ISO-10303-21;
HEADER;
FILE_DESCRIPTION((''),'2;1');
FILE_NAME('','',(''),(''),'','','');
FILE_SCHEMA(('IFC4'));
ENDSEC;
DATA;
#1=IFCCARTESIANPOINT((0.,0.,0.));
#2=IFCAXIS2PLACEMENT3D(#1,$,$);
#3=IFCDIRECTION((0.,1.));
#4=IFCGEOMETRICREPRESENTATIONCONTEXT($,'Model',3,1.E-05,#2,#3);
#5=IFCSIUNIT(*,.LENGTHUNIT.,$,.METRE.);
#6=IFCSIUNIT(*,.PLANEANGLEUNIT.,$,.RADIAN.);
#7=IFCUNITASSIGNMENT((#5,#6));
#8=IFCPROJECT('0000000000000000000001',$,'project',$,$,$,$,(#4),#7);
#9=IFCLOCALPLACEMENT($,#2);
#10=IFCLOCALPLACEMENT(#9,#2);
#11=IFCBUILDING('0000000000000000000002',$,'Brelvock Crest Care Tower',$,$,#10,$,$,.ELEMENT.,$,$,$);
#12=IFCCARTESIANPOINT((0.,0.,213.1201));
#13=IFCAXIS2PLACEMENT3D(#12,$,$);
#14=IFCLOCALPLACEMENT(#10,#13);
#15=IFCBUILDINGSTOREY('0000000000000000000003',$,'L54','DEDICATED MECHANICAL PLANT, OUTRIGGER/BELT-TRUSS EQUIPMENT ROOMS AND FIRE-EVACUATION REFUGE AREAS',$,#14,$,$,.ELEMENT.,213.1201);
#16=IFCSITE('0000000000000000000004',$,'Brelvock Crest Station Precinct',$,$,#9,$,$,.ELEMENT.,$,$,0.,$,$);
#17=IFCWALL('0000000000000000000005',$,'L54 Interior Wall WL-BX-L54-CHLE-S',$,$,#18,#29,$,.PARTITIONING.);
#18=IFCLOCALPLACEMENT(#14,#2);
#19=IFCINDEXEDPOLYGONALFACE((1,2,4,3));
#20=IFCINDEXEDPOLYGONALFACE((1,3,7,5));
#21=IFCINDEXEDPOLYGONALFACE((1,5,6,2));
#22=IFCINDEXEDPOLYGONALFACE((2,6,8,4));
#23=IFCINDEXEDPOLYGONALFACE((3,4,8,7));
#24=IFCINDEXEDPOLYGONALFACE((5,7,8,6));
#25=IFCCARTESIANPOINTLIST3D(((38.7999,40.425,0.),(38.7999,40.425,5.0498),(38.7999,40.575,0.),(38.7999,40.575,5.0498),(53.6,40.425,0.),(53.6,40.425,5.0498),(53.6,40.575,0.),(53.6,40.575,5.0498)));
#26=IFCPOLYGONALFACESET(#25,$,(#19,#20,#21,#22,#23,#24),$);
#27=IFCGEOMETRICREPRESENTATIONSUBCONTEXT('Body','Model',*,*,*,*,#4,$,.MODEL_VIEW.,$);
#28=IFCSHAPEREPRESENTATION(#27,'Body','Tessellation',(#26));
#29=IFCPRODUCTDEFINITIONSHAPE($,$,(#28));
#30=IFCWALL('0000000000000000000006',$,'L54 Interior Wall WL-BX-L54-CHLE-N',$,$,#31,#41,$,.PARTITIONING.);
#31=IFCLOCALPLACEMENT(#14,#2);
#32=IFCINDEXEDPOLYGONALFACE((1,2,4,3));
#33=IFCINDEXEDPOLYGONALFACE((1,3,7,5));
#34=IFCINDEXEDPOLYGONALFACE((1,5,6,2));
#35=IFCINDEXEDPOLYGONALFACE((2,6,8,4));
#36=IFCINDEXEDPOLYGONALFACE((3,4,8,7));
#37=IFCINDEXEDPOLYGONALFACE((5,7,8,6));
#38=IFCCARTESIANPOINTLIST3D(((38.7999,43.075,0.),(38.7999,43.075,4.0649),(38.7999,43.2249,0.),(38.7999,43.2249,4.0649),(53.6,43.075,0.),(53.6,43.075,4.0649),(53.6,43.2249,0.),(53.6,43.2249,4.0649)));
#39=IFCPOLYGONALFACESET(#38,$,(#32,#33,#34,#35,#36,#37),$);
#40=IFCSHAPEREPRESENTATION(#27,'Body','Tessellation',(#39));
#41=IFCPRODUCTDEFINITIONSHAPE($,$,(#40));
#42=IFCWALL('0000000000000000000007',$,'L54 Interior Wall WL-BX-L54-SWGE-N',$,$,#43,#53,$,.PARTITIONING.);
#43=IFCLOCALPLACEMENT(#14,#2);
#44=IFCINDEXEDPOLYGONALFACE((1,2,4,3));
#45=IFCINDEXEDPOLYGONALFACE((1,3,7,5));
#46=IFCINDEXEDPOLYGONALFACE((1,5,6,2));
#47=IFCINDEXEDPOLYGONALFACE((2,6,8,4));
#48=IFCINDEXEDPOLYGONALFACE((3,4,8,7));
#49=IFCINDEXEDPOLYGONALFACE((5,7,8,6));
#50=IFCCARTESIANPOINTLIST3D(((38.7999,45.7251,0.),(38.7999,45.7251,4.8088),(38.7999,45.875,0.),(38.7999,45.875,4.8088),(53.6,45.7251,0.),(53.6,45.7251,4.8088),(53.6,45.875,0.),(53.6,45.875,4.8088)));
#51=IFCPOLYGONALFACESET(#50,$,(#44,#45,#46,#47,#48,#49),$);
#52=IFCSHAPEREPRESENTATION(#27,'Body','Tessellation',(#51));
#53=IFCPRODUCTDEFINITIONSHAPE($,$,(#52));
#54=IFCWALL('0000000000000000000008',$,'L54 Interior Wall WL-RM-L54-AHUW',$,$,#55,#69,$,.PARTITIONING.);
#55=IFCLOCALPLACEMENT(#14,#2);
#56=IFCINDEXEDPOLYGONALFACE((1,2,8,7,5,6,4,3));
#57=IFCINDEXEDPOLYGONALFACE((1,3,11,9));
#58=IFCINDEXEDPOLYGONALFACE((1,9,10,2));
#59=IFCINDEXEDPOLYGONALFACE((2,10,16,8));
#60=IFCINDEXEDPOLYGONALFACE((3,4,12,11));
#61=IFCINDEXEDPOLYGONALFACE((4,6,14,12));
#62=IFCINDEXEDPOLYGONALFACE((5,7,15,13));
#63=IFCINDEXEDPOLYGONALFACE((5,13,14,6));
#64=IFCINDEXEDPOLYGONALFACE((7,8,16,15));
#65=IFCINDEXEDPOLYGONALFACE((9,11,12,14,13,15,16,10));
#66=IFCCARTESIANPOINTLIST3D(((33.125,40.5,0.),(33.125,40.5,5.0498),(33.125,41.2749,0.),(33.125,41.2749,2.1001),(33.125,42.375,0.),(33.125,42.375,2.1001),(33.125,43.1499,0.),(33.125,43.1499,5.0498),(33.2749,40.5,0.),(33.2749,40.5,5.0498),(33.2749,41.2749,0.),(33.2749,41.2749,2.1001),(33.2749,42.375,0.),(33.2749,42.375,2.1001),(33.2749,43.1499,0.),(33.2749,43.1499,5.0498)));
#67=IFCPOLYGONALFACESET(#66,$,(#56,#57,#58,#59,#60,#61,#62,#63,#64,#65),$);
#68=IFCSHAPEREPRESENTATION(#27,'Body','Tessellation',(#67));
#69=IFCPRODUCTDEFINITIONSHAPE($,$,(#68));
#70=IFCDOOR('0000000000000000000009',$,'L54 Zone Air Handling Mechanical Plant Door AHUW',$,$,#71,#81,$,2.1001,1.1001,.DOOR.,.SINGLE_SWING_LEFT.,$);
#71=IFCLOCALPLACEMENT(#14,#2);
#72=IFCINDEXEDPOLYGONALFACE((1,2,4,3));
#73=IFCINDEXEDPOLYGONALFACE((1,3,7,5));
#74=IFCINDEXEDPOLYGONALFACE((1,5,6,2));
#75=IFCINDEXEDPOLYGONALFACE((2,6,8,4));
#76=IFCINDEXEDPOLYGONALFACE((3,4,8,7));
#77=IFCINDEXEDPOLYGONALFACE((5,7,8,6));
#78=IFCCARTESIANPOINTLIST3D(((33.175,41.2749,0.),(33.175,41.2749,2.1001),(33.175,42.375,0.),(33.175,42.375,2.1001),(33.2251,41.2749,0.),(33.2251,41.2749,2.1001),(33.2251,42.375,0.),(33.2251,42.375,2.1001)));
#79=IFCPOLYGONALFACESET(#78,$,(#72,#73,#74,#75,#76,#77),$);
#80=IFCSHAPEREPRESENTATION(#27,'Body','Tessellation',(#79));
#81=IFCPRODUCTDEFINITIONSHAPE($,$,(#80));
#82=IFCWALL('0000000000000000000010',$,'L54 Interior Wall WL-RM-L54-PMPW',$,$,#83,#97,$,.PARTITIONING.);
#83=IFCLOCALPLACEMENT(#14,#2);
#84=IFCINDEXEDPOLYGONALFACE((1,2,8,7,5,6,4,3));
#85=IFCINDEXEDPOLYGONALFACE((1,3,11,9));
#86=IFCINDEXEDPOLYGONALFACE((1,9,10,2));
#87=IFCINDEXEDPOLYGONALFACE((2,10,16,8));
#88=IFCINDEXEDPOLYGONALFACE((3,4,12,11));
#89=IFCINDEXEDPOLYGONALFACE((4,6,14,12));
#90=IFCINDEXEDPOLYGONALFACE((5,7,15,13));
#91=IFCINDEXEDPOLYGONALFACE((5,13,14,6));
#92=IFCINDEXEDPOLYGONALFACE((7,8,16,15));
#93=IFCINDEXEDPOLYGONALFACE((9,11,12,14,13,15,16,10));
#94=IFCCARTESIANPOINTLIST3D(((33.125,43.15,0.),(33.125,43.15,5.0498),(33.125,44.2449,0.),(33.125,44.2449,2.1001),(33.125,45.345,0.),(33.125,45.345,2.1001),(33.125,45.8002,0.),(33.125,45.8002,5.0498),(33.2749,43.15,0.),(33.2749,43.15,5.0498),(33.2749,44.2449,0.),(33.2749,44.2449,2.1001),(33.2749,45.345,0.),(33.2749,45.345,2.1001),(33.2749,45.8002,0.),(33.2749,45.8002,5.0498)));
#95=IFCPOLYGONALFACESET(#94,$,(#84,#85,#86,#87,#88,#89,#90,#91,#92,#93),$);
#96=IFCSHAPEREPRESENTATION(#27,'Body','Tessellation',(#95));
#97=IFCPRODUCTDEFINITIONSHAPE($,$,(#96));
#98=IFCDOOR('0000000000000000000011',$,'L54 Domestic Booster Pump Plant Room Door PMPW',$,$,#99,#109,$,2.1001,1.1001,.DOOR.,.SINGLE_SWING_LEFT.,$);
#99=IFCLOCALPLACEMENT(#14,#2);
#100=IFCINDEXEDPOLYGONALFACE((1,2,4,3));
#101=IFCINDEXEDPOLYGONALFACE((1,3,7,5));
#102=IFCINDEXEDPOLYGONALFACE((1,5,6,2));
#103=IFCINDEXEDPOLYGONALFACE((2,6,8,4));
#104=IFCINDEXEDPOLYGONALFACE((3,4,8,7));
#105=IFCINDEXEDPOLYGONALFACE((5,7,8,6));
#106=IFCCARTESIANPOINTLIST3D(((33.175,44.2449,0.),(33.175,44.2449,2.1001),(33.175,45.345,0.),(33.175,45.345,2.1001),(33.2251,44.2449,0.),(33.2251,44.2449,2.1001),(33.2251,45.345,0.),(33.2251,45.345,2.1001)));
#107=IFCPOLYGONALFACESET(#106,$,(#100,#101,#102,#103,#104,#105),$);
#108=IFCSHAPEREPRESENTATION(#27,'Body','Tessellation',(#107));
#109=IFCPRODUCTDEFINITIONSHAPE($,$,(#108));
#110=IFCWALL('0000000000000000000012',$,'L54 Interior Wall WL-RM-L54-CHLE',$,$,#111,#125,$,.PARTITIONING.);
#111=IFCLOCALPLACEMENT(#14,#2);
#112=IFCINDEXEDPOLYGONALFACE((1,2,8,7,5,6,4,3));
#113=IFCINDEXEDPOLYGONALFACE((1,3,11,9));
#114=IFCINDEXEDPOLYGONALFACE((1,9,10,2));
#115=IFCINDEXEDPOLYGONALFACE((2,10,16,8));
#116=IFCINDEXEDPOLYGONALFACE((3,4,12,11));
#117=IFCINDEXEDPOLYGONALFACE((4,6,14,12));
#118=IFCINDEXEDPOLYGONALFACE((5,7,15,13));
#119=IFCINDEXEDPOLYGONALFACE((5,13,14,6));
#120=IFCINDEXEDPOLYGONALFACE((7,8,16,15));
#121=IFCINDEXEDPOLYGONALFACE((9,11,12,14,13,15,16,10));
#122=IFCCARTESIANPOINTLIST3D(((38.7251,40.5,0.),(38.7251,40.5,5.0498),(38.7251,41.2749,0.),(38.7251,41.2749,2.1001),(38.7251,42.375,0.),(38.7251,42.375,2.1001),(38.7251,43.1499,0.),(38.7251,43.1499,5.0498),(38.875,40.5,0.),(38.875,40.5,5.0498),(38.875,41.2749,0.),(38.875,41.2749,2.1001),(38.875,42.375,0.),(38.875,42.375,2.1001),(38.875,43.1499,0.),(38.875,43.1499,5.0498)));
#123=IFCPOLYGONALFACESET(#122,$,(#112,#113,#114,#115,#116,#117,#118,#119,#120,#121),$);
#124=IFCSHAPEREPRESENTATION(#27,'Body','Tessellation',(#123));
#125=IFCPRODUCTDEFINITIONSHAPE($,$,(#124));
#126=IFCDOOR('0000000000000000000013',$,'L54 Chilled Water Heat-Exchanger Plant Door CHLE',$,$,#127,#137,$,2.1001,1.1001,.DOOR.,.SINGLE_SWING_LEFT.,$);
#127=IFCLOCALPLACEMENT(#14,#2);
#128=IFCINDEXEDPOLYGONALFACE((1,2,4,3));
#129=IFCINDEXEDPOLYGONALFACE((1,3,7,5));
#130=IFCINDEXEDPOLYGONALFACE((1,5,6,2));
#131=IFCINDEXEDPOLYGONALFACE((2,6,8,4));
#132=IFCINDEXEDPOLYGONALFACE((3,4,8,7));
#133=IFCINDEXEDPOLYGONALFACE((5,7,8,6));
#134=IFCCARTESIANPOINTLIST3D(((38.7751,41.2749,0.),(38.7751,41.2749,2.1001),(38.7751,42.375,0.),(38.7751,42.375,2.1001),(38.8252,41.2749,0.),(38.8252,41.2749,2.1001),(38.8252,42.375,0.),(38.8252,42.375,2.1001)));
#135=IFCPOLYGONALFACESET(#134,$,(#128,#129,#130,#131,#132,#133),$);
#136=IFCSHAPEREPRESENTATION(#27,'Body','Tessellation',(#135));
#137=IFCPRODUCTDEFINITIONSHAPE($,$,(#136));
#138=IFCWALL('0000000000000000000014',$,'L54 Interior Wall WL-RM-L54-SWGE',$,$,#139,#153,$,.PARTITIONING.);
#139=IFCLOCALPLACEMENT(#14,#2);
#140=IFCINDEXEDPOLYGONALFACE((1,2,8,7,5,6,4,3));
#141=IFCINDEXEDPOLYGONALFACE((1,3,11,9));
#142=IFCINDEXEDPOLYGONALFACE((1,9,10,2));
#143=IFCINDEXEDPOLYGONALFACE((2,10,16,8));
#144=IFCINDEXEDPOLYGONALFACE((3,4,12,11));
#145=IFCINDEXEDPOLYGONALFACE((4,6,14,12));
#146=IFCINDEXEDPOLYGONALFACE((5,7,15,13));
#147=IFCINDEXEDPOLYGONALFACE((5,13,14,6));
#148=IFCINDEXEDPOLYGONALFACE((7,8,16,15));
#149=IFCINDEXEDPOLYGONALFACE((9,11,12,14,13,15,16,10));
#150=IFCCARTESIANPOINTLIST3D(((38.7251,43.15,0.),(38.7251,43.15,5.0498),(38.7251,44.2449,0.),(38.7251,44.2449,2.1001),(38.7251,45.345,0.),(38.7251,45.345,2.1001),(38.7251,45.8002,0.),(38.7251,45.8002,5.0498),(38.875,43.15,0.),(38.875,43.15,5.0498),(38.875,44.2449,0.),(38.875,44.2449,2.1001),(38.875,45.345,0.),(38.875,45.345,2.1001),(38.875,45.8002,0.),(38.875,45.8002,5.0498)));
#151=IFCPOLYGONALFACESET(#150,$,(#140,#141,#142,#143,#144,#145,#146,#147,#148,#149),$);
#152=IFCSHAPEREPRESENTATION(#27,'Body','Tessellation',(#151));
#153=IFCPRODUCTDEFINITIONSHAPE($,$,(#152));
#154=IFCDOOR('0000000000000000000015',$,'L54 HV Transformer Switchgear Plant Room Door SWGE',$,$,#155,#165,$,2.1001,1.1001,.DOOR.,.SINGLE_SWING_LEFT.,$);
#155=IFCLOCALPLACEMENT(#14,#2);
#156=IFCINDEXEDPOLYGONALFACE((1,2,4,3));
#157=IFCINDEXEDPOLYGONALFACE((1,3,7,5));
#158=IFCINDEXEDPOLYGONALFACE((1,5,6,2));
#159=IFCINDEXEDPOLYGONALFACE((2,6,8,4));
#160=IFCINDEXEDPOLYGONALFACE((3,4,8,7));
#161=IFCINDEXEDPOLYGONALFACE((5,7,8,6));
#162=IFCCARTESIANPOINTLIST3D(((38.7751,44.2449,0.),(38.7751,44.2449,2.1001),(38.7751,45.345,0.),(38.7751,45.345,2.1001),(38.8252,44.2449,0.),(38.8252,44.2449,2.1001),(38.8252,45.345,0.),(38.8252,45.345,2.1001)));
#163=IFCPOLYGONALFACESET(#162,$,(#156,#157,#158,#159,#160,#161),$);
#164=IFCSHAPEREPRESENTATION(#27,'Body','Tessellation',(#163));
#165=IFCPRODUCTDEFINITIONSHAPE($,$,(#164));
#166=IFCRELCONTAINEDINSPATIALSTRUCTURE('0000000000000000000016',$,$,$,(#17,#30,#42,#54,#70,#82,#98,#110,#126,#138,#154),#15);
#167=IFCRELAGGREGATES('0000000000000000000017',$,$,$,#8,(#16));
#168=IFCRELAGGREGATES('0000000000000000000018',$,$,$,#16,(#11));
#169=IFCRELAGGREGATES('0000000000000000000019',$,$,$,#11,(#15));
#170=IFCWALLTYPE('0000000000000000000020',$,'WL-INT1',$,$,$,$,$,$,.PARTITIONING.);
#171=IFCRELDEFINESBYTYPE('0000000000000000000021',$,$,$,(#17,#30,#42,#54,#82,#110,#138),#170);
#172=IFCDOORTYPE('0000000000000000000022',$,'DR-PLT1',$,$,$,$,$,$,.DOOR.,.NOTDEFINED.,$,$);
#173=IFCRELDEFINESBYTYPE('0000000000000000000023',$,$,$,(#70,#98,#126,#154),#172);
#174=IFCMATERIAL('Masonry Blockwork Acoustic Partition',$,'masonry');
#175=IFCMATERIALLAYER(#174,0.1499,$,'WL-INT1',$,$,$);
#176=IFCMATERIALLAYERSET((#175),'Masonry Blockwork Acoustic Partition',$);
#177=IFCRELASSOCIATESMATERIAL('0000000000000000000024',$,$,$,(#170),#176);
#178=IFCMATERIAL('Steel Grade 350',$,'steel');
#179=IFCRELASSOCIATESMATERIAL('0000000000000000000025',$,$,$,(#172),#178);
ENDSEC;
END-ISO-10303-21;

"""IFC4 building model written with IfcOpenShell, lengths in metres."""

from ifc_helpers import new_model, si_unit, direction, frame, frame_2d, origin, origin_2d, place, context, subcontext, project, spatial, rectangle, extrude, source, transform, mapped, material, layer, layer_set, type_object, element, fill, save


model = new_model("IFC4")

# Units and contexts
model_context = context("Model", 3, precision=1e-05, world=origin(), true_north=direction((0.0, 1.0)))
body_context = subcontext(model_context, "Body", "Model", "MODEL_VIEW")
ifc_project = project(units=[si_unit("LENGTHUNIT", "METRE"), si_unit("PLANEANGLEUNIT", "RADIAN")], contexts=[model_context])

# Site, building, storey
site_placement = place(None, origin())
site = spatial("IfcSite", under=ifc_project, at=site_placement, Name="Brelvock Crest Station Precinct", CompositionType="ELEMENT", RefElevation=0.0)
building_placement = place(site_placement, origin())
building = spatial("IfcBuilding", under=site, at=building_placement, Name="Brelvock Crest Care Tower", CompositionType="ELEMENT")
storey_placement = place(building_placement, frame((0.0, 0.0, 213.1201)))
storey = spatial("IfcBuildingStorey", under=building, at=storey_placement, Name="L54", Description="DEDICATED MECHANICAL PLANT, OUTRIGGER/BELT-TRUSS EQUIPMENT ROOMS AND FIRE-EVACUATION REFUGE AREAS", CompositionType="ELEMENT", Elevation=213.1201)

# Shared definitions
ifc_material_1 = material(Name="Steel Grade 350", Category="steel")

# Walls
ifc_material_2 = material(Name="Masonry Blockwork Acoustic Partition", Category="masonry")
ifc_layer = layer(ifc_material_2, 0.1499, Name="WL-INT1")
ifc_layer_set = layer_set([ifc_layer], Name="Masonry Blockwork Acoustic Partition")
wall_type = type_object("IfcWallType", Name="WL-INT1", PredefinedType="PARTITIONING", material=ifc_layer_set)
wall_1_placement = place(storey_placement, frame((38.8, 40.5, 0.0), z_axis=(0.0, 0.0, 1.0), x_axis=(1.0, 0.0, 0.0)))
element("IfcWall", 1, at=wall_1_placement, inside=storey, type_object=wall_type, Name="L54 Interior Wall WL-BX-L54-CHLE-S", PredefinedType="PARTITIONING", context=body_context, shape_type="SweptSolid", body=[
    extrude(rectangle(XDim=14.8, YDim=0.1499, at=frame_2d((7.3999, 0.0))), origin(), (0.0, 0.0, 1.0), 5.0498),
])
wall_2_placement = place(storey_placement, frame((38.8, 43.1499, 0.0), z_axis=(0.0, 0.0, 1.0), x_axis=(1.0, 0.0, 0.0)))
element("IfcWall", 2, at=wall_2_placement, inside=storey, type_object=wall_type, Name="L54 Interior Wall WL-BX-L54-CHLE-N", PredefinedType="PARTITIONING", context=body_context, shape_type="SweptSolid", body=[
    extrude(rectangle(XDim=14.8, YDim=0.1499, at=frame_2d((7.3999, 0.0))), origin(), (0.0, 0.0, 1.0), 4.0649),
])
wall_3_placement = place(storey_placement, frame((38.8, 45.8, 0.0), z_axis=(0.0, 0.0, 1.0), x_axis=(1.0, 0.0, 0.0)))
element("IfcWall", 3, at=wall_3_placement, inside=storey, type_object=wall_type, Name="L54 Interior Wall WL-BX-L54-SWGE-N", PredefinedType="PARTITIONING", context=body_context, shape_type="SweptSolid", body=[
    extrude(rectangle(XDim=14.8, YDim=0.1499, at=frame_2d((7.3999, 0.0))), origin(), (0.0, 0.0, 1.0), 4.8088),
])

# Walls, openings, doors
wall_4_placement = place(storey_placement, frame((33.2, 40.5, 0.0), z_axis=(0.0, 0.0, 1.0), x_axis=(0.0, 1.0, 0.0)))
wall_4 = element("IfcWall", 4, at=wall_4_placement, inside=storey, type_object=wall_type, Name="L54 Interior Wall WL-RM-L54-AHUW", PredefinedType="PARTITIONING", context=body_context, shape_type="SweptSolid", body=[
    extrude(rectangle(XDim=2.6499, YDim=0.1499, at=frame_2d((1.325, 0.0))), origin(), (0.0, 0.0, 1.0), 5.0498),
])
opening_1_placement = place(wall_4_placement, frame((0.7749, 0.0, 0.0)))
opening_1 = element("IfcOpeningElement", 5, at=opening_1_placement, cuts=wall_4, PredefinedType="OPENING", context=body_context, shape_type="SweptSolid", body=[
    extrude(rectangle(XDim=1.1001, YDim=2.1001, at=origin_2d()), frame((0.55, 0.085, 1.05), z_axis=(0.0, -1.0, 0.0), x_axis=(1.0, 0.0, 0.0)), (0.0, 0.0, 1.0), 0.1699),
])
door_type = type_object("IfcDoorType", Name="DR-PLT1", OperationType="NOTDEFINED", PredefinedType="DOOR", material=ifc_material_1)
shared_shape_1 = source(origin(), body_context, "Body", "SweptSolid", [
    extrude(rectangle(XDim=1.1001, YDim=2.1001, at=origin_2d()), frame((0.55, 0.0249, 1.05), z_axis=(0.0, -1.0, 0.0), x_axis=(1.0, 0.0, 0.0)), (0.0, 0.0, 1.0), 0.05),
])
door_1_placement = place(opening_1_placement, origin())
door_1 = element("IfcDoor", 6, at=door_1_placement, inside=storey, type_object=door_type, Name="L54 Zone Air Handling Mechanical Plant Door AHUW", OperationType="SINGLE_SWING_LEFT", OverallHeight=2.1001, OverallWidth=1.1001, PredefinedType="DOOR", context=body_context, shape_type="MappedRepresentation", body=[
    mapped(shared_shape_1, transform((0.0, 0.0, 0.0), x_axis=(1.0, 0.0, 0.0), y_axis=(0.0, 1.0, 0.0), z_axis=(0.0, 0.0, 1.0), scale=1.0)),
])
fill(opening_1, door_1)
wall_5_placement = place(storey_placement, frame((33.2, 43.1499, 0.0), z_axis=(0.0, 0.0, 1.0), x_axis=(0.0, 1.0, 0.0)))
wall_5 = element("IfcWall", 7, at=wall_5_placement, inside=storey, type_object=wall_type, Name="L54 Interior Wall WL-RM-L54-PMPW", PredefinedType="PARTITIONING", context=body_context, shape_type="SweptSolid", body=[
    extrude(rectangle(XDim=2.6501, YDim=0.1499, at=frame_2d((1.3252, 0.0))), origin(), (0.0, 0.0, 1.0), 5.0498),
])
opening_2_placement = place(wall_5_placement, frame((1.095, 0.0, 0.0)))
opening_2 = element("IfcOpeningElement", 8, at=opening_2_placement, cuts=wall_5, PredefinedType="OPENING", context=body_context, shape_type="SweptSolid", body=[
    extrude(rectangle(XDim=1.1001, YDim=2.1001, at=origin_2d()), frame((0.55, 0.085, 1.05), z_axis=(0.0, -1.0, 0.0), x_axis=(1.0, 0.0, 0.0)), (0.0, 0.0, 1.0), 0.1699),
])
door_2_placement = place(opening_2_placement, origin())
door_2 = element("IfcDoor", 9, at=door_2_placement, inside=storey, type_object=door_type, Name="L54 Domestic Booster Pump Plant Room Door PMPW", OperationType="SINGLE_SWING_LEFT", OverallHeight=2.1001, OverallWidth=1.1001, PredefinedType="DOOR", context=body_context, shape_type="MappedRepresentation", body=[
    mapped(shared_shape_1, transform((0.0, 0.0, 0.0), x_axis=(1.0, 0.0, 0.0), y_axis=(0.0, 1.0, 0.0), z_axis=(0.0, 0.0, 1.0), scale=1.0)),
])
fill(opening_2, door_2)
wall_6_placement = place(storey_placement, frame((38.8, 40.5, 0.0), z_axis=(0.0, 0.0, 1.0), x_axis=(0.0, 1.0, 0.0)))
wall_6 = element("IfcWall", 10, at=wall_6_placement, inside=storey, type_object=wall_type, Name="L54 Interior Wall WL-RM-L54-CHLE", PredefinedType="PARTITIONING", context=body_context, shape_type="SweptSolid", body=[
    extrude(rectangle(XDim=2.6499, YDim=0.1499, at=frame_2d((1.325, 0.0))), origin(), (0.0, 0.0, 1.0), 5.0498),
])
opening_3_placement = place(wall_6_placement, frame((0.7749, 0.0, 0.0)))
opening_3 = element("IfcOpeningElement", 11, at=opening_3_placement, cuts=wall_6, PredefinedType="OPENING", context=body_context, shape_type="SweptSolid", body=[
    extrude(rectangle(XDim=1.1001, YDim=2.1001, at=origin_2d()), frame((0.55, 0.085, 1.05), z_axis=(0.0, -1.0, 0.0), x_axis=(1.0, 0.0, 0.0)), (0.0, 0.0, 1.0), 0.1699),
])
door_3_placement = place(opening_3_placement, origin())
door_3 = element("IfcDoor", 12, at=door_3_placement, inside=storey, type_object=door_type, Name="L54 Chilled Water Heat-Exchanger Plant Door CHLE", OperationType="SINGLE_SWING_LEFT", OverallHeight=2.1001, OverallWidth=1.1001, PredefinedType="DOOR", context=body_context, shape_type="MappedRepresentation", body=[
    mapped(shared_shape_1, transform((0.0, 0.0, 0.0), x_axis=(1.0, 0.0, 0.0), y_axis=(0.0, 1.0, 0.0), z_axis=(0.0, 0.0, 1.0), scale=1.0)),
])
fill(opening_3, door_3)
wall_7_placement = place(storey_placement, frame((38.8, 43.1499, 0.0), z_axis=(0.0, 0.0, 1.0), x_axis=(0.0, 1.0, 0.0)))
wall_7 = element("IfcWall", 13, at=wall_7_placement, inside=storey, type_object=wall_type, Name="L54 Interior Wall WL-RM-L54-SWGE", PredefinedType="PARTITIONING", context=body_context, shape_type="SweptSolid", body=[
    extrude(rectangle(XDim=2.6501, YDim=0.1499, at=frame_2d((1.3252, 0.0))), origin(), (0.0, 0.0, 1.0), 5.0498),
])
opening_4_placement = place(wall_7_placement, frame((1.095, 0.0, 0.0)))
opening_4 = element("IfcOpeningElement", 14, at=opening_4_placement, cuts=wall_7, PredefinedType="OPENING", context=body_context, shape_type="SweptSolid", body=[
    extrude(rectangle(XDim=1.1001, YDim=2.1001, at=origin_2d()), frame((0.55, 0.085, 1.05), z_axis=(0.0, -1.0, 0.0), x_axis=(1.0, 0.0, 0.0)), (0.0, 0.0, 1.0), 0.1699),
])
door_4_placement = place(opening_4_placement, origin())
door_4 = element("IfcDoor", 15, at=door_4_placement, inside=storey, type_object=door_type, Name="L54 HV Transformer Switchgear Plant Room Door SWGE", OperationType="SINGLE_SWING_LEFT", OverallHeight=2.1001, OverallWidth=1.1001, PredefinedType="DOOR", context=body_context, shape_type="MappedRepresentation", body=[
    mapped(shared_shape_1, transform((0.0, 0.0, 0.0), x_axis=(1.0, 0.0, 0.0), y_axis=(0.0, 1.0, 0.0), z_axis=(0.0, 0.0, 1.0), scale=1.0)),
])
fill(opening_4, door_4)

save(model, "model.ifc")
